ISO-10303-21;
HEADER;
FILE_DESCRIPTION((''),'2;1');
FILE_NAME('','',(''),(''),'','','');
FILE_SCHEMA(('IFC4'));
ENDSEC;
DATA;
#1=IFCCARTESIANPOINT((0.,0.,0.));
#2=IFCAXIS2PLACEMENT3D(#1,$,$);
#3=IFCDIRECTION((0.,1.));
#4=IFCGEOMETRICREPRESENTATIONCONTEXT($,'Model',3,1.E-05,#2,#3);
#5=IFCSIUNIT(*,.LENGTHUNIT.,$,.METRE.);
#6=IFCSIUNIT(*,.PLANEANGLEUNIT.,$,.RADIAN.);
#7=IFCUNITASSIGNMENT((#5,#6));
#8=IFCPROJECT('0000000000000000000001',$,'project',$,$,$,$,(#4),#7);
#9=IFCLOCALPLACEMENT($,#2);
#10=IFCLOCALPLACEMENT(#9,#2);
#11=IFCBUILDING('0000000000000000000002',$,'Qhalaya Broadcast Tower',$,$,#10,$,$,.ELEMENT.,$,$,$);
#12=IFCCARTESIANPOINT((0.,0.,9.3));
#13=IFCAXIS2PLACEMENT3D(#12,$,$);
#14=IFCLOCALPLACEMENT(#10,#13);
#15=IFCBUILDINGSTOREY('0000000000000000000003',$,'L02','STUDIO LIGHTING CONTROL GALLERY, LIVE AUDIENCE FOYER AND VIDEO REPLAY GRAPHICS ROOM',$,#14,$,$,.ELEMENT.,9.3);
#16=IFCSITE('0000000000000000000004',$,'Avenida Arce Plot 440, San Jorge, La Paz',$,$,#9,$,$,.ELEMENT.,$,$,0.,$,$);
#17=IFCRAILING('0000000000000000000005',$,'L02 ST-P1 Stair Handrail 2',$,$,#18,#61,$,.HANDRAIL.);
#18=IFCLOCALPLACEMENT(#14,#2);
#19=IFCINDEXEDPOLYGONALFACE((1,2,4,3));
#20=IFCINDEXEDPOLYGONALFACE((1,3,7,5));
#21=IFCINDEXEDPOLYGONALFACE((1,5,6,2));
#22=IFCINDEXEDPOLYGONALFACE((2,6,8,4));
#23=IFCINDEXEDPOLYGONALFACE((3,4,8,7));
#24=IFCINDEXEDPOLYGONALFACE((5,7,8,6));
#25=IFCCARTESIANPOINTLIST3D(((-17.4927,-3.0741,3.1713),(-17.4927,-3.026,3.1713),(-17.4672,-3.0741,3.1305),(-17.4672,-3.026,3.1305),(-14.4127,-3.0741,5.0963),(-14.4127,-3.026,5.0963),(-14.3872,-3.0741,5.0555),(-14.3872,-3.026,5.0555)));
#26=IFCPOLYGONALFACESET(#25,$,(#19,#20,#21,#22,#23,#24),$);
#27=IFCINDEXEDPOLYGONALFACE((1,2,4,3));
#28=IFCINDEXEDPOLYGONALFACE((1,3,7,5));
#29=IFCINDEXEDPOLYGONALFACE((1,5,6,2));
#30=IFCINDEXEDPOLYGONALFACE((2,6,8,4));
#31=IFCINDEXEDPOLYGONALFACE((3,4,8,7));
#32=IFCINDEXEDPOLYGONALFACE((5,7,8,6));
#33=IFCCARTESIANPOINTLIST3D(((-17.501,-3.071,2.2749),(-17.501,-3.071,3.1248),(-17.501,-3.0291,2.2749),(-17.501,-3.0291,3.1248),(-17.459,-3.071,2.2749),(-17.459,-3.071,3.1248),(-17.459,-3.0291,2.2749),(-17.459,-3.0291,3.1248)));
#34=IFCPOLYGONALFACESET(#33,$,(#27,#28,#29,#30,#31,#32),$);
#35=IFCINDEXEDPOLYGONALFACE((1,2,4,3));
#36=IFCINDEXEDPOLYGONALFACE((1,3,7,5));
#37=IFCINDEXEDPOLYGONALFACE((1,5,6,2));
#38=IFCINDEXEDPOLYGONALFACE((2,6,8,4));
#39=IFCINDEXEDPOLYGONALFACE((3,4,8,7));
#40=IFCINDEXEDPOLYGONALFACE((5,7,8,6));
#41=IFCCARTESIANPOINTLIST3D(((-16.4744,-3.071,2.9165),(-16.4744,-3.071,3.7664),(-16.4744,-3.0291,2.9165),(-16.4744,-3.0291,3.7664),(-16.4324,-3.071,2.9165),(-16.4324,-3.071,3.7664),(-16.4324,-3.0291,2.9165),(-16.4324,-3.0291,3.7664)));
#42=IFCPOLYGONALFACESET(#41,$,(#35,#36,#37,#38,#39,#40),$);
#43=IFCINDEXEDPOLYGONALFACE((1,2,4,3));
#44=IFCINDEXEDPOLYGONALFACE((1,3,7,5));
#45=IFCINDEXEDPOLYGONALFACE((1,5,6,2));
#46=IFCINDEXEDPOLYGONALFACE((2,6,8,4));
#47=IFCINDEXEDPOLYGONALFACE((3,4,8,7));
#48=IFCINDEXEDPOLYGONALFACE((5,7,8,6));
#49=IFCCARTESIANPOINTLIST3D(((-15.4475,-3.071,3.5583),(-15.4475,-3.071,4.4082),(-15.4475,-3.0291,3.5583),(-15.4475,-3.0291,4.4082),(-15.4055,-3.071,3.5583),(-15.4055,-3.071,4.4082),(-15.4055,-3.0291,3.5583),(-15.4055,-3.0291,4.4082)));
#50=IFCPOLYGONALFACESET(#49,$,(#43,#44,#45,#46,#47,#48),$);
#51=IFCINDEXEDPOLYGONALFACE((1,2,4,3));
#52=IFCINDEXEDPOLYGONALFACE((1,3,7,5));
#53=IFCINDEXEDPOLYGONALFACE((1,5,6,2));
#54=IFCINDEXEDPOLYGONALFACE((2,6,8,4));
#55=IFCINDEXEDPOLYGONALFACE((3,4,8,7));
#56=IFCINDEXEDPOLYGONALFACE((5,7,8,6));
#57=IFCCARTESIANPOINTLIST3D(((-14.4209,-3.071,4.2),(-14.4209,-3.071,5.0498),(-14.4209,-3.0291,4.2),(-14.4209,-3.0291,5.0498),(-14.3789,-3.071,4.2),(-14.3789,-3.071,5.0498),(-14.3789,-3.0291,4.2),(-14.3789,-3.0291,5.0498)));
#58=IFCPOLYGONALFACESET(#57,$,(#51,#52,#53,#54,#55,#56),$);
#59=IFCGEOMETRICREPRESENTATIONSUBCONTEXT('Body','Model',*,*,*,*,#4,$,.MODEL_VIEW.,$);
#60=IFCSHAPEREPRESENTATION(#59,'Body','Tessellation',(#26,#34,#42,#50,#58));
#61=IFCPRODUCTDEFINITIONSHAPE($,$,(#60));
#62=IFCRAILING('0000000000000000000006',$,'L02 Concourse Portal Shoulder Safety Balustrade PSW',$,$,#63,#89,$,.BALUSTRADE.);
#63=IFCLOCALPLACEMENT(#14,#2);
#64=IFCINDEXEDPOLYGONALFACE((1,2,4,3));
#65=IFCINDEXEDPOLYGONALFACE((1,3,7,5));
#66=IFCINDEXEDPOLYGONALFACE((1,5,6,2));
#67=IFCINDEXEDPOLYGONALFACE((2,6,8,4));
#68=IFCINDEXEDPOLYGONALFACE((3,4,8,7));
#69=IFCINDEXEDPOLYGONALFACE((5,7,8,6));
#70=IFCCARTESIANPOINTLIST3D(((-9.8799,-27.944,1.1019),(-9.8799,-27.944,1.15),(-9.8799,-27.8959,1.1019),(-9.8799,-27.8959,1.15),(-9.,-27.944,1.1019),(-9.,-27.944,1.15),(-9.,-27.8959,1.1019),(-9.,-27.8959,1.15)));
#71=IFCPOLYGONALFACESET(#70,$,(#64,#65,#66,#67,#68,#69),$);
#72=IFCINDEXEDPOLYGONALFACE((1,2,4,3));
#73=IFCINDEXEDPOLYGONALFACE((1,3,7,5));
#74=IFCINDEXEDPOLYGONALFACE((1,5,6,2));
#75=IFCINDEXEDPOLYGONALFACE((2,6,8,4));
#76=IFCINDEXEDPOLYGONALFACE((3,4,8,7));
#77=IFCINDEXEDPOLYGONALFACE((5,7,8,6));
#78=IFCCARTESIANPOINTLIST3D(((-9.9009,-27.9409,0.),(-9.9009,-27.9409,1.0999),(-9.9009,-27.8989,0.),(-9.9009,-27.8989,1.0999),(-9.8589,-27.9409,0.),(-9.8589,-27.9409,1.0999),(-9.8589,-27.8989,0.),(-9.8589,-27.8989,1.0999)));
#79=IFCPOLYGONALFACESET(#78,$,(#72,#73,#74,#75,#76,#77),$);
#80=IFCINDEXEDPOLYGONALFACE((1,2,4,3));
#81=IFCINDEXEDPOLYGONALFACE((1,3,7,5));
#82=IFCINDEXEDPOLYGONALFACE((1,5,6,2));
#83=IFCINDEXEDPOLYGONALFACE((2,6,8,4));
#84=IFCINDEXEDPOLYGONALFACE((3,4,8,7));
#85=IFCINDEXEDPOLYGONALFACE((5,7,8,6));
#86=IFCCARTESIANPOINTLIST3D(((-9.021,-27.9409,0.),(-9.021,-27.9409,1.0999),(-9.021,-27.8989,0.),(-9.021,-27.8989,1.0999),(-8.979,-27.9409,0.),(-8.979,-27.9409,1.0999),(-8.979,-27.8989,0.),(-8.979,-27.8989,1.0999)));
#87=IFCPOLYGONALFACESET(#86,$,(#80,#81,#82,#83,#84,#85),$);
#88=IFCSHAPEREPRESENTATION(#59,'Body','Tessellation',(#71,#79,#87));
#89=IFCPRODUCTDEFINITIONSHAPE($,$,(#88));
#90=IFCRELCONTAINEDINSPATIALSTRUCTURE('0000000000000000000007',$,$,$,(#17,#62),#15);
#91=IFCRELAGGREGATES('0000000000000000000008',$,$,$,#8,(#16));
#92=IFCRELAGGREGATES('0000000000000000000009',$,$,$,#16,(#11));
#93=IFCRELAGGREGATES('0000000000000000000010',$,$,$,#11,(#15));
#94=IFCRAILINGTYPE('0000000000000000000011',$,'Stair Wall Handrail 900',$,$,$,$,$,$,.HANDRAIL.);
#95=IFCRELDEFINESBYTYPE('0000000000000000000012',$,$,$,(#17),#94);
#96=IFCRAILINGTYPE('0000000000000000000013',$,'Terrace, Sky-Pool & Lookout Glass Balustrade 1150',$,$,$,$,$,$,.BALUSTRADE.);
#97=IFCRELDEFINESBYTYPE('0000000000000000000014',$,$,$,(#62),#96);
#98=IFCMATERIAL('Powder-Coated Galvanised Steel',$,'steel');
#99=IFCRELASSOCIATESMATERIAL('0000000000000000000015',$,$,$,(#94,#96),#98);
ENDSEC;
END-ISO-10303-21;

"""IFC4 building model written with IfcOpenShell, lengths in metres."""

from ifc_helpers import new_model, si_unit, direction, frame, origin, origin_2d, place, context, subcontext, project, spatial, rectangle, extrude, material, type_object, element, save


model = new_model("IFC4")

# Units and contexts
model_context = context("Model", 3, precision=1e-05, world=origin(), true_north=direction((0.0, 1.0)))
body_context = subcontext(model_context, "Body", "Model", "MODEL_VIEW")
ifc_project = project(units=[si_unit("LENGTHUNIT", "METRE"), si_unit("PLANEANGLEUNIT", "RADIAN")], contexts=[model_context])

# Site, building, storey
site_placement = place(None, origin())
site = spatial("IfcSite", under=ifc_project, at=site_placement, Name="Avenida Arce Plot 440, San Jorge, La Paz", CompositionType="ELEMENT", RefElevation=0.0)
building_placement = place(site_placement, origin())
building = spatial("IfcBuilding", under=site, at=building_placement, Name="Qhalaya Broadcast Tower", CompositionType="ELEMENT")
storey_placement = place(building_placement, frame((0.0, 0.0, 9.3)))
storey = spatial("IfcBuildingStorey", under=building, at=storey_placement, Name="L02", Description="STUDIO LIGHTING CONTROL GALLERY, LIVE AUDIENCE FOYER AND VIDEO REPLAY GRAPHICS ROOM", CompositionType="ELEMENT", Elevation=9.3)

# Railings
ifc_material_1 = material(Name="Powder-Coated Galvanised Steel", Category="steel")
railing_type_1 = type_object("IfcRailingType", Name="Stair Wall Handrail 900", PredefinedType="HANDRAIL", material=ifc_material_1)
railing_1_placement = place(storey_placement, frame((-17.48, -3.05, 2.2749)))
element("IfcRailing", 1, at=railing_1_placement, inside=storey, type_object=railing_type_1, Name="L02 ST-P1 Stair Handrail 2", PredefinedType="HANDRAIL", context=body_context, shape_type="SweptSolid", body=[
    extrude(rectangle(XDim=0.0481, YDim=0.0481, at=origin_2d()), frame((0.0, 0.0, 0.876), z_axis=(0.847998, 0.0, 0.529999), x_axis=(0.0, 1.0, 0.0)), (0.0, 0.0, 1.0), 3.6321),
    extrude(rectangle(XDim=0.042, YDim=0.042, at=origin_2d()), origin(), (0.0, 0.0, 1.0), 0.8499),
    extrude(rectangle(XDim=0.042, YDim=0.042, at=origin_2d()), frame((1.0266, 0.0, 0.6416)), (0.0, 0.0, 1.0), 0.8499),
    extrude(rectangle(XDim=0.042, YDim=0.042, at=origin_2d()), frame((2.0535, 0.0, 1.2834)), (0.0, 0.0, 1.0), 0.8499),
    extrude(rectangle(XDim=0.042, YDim=0.042, at=origin_2d()), frame((3.0801, 0.0, 1.925)), (0.0, 0.0, 1.0), 0.8499),
])
railing_type_2 = type_object("IfcRailingType", Name="Terrace, Sky-Pool & Lookout Glass Balustrade 1150", PredefinedType="BALUSTRADE", material=ifc_material_1)
railing_2_placement = place(storey_placement, frame((-9.8799, -27.9199, 0.0)))
element("IfcRailing", 2, at=railing_2_placement, inside=storey, type_object=railing_type_2, Name="L02 Concourse Portal Shoulder Safety Balustrade PSW", PredefinedType="BALUSTRADE", context=body_context, shape_type="SweptSolid", body=[
    extrude(rectangle(XDim=0.0481, YDim=0.0481, at=origin_2d()), frame((0.0, 0.0, 1.126), z_axis=(1.0, 0.0, 0.0), x_axis=(0.0, 1.0, 0.0)), (0.0, 0.0, 1.0), 0.8799),
    extrude(rectangle(XDim=0.042, YDim=0.042, at=origin_2d()), origin(), (0.0, 0.0, 1.0), 1.0999),
    extrude(rectangle(XDim=0.042, YDim=0.042, at=origin_2d()), frame((0.8799, 0.0, 0.0)), (0.0, 0.0, 1.0), 1.0999),
])

save(model, "model.ifc")
